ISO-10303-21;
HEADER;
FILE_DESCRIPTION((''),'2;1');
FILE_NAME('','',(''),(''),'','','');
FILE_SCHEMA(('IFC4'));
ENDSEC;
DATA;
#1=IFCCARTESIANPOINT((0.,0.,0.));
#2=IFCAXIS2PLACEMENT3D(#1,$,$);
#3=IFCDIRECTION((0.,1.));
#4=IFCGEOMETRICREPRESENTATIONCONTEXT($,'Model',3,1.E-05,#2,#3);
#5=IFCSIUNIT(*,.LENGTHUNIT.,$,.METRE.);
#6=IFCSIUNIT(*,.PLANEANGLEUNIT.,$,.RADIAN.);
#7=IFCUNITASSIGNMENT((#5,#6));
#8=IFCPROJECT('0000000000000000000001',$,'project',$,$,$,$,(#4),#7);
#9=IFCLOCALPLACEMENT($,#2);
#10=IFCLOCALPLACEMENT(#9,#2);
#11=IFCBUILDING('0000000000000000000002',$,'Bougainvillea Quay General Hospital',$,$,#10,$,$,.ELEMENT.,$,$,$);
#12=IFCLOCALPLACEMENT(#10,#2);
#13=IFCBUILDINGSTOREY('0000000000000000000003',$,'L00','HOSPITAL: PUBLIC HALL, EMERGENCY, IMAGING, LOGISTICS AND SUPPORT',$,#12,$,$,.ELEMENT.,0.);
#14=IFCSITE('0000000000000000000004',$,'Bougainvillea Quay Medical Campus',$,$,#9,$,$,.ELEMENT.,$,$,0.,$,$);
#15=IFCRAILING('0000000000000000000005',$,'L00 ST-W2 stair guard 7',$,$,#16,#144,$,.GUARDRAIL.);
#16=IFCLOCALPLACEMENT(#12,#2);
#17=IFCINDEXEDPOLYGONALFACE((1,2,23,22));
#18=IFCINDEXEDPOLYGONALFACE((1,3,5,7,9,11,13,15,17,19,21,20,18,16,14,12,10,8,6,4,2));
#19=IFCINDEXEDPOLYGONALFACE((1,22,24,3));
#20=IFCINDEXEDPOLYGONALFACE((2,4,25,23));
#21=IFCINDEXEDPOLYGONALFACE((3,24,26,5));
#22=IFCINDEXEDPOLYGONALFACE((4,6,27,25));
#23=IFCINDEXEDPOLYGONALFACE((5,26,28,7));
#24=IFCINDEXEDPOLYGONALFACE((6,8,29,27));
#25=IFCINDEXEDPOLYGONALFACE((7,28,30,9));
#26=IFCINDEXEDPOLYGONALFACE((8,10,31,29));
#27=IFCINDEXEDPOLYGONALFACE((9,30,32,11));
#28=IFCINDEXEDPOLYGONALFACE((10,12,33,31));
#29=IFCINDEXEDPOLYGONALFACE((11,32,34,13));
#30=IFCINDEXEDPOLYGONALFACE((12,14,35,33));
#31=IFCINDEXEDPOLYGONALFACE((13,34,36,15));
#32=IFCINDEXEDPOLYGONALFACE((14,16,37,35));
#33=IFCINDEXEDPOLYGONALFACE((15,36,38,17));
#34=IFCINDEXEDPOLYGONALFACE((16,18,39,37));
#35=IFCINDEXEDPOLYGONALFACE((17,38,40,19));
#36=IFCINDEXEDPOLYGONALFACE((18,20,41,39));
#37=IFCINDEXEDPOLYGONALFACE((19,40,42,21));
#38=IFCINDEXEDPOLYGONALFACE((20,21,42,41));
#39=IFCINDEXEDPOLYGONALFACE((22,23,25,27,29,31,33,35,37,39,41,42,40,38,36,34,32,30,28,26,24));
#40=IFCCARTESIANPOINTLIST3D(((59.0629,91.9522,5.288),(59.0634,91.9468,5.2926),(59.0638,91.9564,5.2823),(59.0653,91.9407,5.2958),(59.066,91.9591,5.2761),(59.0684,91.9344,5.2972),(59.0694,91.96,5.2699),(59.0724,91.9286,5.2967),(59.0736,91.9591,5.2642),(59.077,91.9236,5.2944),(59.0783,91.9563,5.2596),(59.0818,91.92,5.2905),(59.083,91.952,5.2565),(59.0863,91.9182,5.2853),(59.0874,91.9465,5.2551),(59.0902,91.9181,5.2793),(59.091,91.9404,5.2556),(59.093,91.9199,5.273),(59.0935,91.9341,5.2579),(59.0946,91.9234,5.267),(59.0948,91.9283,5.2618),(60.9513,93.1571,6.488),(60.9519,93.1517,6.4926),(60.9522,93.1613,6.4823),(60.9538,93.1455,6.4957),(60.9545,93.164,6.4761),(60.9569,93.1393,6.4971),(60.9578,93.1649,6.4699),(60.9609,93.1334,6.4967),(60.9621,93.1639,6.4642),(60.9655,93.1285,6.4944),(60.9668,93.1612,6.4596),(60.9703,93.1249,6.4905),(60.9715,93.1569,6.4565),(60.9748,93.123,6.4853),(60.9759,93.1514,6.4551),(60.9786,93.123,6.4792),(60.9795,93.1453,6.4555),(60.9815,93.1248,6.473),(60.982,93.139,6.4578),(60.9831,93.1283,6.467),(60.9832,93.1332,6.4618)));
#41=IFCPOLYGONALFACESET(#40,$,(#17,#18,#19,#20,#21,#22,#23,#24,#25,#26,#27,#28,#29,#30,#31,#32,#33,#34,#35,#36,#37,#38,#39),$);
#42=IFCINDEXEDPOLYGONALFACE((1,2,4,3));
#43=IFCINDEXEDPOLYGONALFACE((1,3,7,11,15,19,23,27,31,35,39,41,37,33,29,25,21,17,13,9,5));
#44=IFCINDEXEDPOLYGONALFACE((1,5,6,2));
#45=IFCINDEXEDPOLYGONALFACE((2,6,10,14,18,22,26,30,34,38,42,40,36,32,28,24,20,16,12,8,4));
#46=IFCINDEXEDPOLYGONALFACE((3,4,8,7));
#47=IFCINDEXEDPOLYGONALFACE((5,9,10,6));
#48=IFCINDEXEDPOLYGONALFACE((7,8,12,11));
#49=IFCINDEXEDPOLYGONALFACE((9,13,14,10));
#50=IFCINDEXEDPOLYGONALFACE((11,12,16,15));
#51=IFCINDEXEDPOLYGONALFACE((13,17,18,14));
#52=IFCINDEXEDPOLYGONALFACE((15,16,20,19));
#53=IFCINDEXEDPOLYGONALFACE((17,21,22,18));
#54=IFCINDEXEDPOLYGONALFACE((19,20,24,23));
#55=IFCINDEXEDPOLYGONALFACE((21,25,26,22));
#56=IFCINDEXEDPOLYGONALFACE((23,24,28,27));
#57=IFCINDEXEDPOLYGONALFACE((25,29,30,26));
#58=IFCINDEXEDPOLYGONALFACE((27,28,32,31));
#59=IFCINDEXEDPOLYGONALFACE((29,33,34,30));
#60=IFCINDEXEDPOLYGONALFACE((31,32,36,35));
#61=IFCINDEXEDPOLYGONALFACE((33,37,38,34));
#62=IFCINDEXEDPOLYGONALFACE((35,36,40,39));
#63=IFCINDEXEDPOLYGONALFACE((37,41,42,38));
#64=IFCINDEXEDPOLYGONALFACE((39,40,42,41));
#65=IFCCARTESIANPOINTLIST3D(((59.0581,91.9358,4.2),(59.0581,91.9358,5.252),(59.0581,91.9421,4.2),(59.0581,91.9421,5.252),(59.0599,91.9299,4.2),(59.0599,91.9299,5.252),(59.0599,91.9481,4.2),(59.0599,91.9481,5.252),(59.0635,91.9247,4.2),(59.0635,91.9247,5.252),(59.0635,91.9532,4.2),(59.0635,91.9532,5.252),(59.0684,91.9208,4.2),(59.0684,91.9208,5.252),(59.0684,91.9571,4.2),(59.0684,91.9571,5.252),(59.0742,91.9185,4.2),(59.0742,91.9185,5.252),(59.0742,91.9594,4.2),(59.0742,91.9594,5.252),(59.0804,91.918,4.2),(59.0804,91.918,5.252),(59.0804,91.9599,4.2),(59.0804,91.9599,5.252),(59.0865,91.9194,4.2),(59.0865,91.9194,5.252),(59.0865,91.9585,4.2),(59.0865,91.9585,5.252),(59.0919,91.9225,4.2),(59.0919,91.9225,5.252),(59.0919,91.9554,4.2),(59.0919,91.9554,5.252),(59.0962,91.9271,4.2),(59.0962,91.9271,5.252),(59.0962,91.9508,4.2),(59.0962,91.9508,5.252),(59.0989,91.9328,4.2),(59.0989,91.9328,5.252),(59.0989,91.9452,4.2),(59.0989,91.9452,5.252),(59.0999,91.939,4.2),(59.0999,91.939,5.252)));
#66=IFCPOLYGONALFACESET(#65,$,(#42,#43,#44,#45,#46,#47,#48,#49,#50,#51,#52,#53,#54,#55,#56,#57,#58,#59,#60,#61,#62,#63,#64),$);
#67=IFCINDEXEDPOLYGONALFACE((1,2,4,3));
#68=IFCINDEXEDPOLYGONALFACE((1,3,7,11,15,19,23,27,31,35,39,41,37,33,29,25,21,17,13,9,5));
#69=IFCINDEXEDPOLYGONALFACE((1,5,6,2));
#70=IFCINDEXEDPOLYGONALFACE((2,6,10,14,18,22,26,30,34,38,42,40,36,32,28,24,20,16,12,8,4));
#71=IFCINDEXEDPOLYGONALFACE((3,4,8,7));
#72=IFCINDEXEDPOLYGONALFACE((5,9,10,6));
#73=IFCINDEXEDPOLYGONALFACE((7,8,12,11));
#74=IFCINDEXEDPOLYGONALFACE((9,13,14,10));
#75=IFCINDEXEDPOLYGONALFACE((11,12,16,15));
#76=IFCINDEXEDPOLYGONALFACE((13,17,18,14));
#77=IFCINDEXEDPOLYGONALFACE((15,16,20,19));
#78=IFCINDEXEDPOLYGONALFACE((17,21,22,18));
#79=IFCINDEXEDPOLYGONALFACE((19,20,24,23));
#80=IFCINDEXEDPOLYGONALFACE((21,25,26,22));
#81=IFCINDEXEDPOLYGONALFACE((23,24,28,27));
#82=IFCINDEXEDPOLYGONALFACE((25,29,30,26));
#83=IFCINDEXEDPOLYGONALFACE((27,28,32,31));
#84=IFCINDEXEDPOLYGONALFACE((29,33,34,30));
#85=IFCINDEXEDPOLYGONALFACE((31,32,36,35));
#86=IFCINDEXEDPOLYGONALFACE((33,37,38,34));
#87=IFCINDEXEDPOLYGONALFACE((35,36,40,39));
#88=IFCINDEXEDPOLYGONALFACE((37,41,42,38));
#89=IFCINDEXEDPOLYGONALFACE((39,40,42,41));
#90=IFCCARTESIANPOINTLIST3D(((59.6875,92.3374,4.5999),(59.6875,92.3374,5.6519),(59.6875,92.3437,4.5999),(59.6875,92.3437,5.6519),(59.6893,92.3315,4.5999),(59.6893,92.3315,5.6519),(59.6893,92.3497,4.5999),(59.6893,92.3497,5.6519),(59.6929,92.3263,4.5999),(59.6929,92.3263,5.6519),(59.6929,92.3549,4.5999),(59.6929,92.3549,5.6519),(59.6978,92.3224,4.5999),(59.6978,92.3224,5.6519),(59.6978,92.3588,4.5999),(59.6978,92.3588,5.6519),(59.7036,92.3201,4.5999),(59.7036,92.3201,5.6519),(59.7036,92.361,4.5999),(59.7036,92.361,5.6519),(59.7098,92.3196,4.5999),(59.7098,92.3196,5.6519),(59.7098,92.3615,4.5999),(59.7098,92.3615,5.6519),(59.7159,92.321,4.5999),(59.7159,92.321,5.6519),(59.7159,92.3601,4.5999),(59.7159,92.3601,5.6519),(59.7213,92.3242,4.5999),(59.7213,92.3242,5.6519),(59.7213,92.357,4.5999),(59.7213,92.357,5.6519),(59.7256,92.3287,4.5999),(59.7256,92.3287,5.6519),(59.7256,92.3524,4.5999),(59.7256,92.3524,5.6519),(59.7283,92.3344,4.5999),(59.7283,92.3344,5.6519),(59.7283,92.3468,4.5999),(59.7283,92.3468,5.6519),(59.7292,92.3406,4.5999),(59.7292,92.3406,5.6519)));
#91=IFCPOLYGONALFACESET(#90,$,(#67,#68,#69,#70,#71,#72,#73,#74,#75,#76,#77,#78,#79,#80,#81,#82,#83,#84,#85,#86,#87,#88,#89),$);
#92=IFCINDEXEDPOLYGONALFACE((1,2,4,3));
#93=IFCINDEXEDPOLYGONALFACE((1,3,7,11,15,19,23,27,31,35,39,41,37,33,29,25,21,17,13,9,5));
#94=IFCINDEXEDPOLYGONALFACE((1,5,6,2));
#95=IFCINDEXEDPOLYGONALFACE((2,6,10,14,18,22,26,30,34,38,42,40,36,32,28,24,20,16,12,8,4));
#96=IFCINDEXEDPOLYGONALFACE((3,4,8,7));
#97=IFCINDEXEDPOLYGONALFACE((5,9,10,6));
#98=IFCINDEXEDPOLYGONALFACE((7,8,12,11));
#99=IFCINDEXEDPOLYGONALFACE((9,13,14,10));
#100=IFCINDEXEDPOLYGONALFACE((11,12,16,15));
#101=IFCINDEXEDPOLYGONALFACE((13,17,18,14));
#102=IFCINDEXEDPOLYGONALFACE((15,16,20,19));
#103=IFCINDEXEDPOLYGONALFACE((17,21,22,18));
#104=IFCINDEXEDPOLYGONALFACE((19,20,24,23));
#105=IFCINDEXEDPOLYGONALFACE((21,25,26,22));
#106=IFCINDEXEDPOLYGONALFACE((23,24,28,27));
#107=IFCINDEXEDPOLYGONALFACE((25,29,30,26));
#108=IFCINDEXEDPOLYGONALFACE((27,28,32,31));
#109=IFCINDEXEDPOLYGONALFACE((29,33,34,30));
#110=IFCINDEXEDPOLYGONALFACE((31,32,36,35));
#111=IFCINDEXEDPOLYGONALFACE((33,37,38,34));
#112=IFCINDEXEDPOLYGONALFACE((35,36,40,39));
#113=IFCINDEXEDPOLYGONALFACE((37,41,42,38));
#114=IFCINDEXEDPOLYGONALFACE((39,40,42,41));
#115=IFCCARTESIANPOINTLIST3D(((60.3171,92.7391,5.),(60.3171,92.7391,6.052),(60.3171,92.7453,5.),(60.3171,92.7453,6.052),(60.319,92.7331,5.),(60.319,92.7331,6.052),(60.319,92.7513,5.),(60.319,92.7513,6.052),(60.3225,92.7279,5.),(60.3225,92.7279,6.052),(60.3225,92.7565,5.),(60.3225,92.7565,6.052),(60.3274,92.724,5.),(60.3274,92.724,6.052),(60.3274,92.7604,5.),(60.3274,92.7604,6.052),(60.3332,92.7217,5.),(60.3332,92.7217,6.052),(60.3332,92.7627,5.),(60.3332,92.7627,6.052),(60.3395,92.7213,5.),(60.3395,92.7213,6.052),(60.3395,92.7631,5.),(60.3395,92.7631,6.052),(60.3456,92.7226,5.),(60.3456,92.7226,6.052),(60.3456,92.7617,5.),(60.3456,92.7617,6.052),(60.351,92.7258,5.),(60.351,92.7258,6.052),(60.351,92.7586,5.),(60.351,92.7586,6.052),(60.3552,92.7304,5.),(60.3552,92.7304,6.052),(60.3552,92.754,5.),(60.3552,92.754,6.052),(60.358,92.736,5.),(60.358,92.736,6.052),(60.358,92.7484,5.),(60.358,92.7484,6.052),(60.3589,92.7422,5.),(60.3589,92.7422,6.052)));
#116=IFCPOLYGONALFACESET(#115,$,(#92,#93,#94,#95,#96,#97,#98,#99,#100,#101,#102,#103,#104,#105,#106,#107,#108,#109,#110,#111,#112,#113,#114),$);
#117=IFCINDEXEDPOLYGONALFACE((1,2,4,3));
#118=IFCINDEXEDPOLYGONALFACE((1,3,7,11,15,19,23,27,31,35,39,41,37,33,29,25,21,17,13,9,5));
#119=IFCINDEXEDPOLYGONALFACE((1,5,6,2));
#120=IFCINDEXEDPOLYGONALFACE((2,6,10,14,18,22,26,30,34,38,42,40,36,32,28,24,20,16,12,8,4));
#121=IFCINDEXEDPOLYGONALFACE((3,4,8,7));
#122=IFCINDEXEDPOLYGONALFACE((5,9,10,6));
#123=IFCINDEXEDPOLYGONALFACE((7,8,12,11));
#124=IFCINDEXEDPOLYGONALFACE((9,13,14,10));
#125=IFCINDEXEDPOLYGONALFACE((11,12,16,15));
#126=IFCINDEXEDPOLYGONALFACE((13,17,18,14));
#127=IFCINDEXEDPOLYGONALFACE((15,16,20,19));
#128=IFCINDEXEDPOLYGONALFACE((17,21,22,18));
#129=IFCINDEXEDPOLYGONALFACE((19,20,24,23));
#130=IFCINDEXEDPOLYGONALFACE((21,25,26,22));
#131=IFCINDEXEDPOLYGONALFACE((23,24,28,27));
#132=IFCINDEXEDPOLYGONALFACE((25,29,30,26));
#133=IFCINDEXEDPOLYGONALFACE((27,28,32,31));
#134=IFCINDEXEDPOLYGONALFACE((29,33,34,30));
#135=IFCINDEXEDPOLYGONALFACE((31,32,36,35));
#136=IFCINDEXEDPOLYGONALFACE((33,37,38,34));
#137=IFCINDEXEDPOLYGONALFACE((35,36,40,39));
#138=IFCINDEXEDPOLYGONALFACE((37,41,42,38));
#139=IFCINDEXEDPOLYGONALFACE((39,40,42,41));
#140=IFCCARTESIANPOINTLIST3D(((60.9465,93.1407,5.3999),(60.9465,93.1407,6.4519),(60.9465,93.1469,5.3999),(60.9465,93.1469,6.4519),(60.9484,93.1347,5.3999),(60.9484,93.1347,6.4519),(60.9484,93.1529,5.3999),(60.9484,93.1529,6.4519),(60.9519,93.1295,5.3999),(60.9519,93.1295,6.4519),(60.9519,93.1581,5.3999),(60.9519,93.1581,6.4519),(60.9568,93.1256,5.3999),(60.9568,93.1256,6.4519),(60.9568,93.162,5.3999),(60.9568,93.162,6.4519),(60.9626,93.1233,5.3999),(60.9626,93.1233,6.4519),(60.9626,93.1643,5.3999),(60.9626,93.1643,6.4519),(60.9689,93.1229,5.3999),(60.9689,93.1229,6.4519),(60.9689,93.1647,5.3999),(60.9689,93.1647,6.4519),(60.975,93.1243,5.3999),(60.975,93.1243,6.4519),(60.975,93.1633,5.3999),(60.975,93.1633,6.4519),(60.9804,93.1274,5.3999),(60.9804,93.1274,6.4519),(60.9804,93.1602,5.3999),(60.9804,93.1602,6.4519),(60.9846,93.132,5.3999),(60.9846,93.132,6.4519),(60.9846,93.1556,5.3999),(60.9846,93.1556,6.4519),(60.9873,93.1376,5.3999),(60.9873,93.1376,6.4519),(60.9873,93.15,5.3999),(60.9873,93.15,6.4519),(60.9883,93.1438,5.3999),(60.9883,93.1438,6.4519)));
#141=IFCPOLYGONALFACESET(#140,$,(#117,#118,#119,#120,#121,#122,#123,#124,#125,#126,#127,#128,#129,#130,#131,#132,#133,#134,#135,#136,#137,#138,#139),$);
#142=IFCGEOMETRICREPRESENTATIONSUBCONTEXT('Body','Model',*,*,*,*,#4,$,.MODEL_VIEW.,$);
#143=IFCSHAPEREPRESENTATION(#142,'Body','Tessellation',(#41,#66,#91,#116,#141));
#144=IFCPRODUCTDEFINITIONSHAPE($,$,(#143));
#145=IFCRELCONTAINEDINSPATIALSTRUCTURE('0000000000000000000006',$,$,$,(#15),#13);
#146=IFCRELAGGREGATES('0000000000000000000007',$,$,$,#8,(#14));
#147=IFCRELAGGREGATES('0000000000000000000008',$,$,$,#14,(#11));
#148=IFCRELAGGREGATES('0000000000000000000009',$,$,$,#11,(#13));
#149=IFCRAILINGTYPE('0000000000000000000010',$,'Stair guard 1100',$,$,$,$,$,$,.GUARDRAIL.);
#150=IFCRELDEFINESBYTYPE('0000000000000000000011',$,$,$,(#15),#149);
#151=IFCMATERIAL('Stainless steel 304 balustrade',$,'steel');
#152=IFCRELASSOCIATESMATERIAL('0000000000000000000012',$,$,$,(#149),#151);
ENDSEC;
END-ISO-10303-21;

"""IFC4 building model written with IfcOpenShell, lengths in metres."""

from ifc_helpers import new_model, si_unit, direction, frame, origin, origin_2d, place, context, subcontext, project, spatial, circle, extrude, material, type_object, element, save


model = new_model("IFC4")

# Units and contexts
model_context = context("Model", 3, precision=1e-05, world=origin(), true_north=direction((0.0, 1.0)))
body_context = subcontext(model_context, "Body", "Model", "MODEL_VIEW")
ifc_project = project(units=[si_unit("LENGTHUNIT", "METRE"), si_unit("PLANEANGLEUNIT", "RADIAN")], contexts=[model_context])

# Site, building, storey
site_placement = place(None, origin())
site = spatial("IfcSite", under=ifc_project, at=site_placement, Name="Bougainvillea Quay Medical Campus", CompositionType="ELEMENT", RefElevation=0.0)
building_placement = place(site_placement, origin())
building = spatial("IfcBuilding", under=site, at=building_placement, Name="Bougainvillea Quay General Hospital", CompositionType="ELEMENT")
storey_placement = place(building_placement, origin())
storey = spatial("IfcBuildingStorey", under=building, at=storey_placement, Name="L00", Description="HOSPITAL: PUBLIC HALL, EMERGENCY, IMAGING, LOGISTICS AND SUPPORT", CompositionType="ELEMENT", Elevation=0.0)

# Railing
ifc_material_1 = material(Name="Stainless steel 304 balustrade", Category="steel")
railing_type_1 = type_object("IfcRailingType", Name="Stair guard 1100", PredefinedType="GUARDRAIL", material=ifc_material_1)
for number, where, name in (
    (1, (59.0789, 91.939, 4.2), "L00 ST-W2 stair guard 7"),
):
    element("IfcRailing", number, at=place(storey_placement, frame(where)), inside=storey, type_object=railing_type_1, Name=name, PredefinedType="GUARDRAIL", context=body_context, shape_type="SweptSolid", body=[
        extrude(circle(Radius=0.0239, at=origin_2d()), frame((0.0, 0.0, 1.0762), z_axis=(0.743126, 0.474121, 0.4722), x_axis=(-0.537862, 0.843033, 0.0)), (0.0, 0.0, 1.0), 2.5413),
        extrude(circle(Radius=0.021, at=origin_2d()), origin(), (0.0, 0.0, 1.0), 1.052),
        extrude(circle(Radius=0.021, at=origin_2d()), frame((0.6294, 0.4016, 0.3999)), (0.0, 0.0, 1.0), 1.052),
        extrude(circle(Radius=0.021, at=origin_2d()), frame((1.259, 0.8032, 0.8)), (0.0, 0.0, 1.0), 1.052),
        extrude(circle(Radius=0.021, at=origin_2d()), frame((1.8884, 1.2048, 1.2)), (0.0, 0.0, 1.0), 1.052),
    ])

save(model, "model.ifc")
